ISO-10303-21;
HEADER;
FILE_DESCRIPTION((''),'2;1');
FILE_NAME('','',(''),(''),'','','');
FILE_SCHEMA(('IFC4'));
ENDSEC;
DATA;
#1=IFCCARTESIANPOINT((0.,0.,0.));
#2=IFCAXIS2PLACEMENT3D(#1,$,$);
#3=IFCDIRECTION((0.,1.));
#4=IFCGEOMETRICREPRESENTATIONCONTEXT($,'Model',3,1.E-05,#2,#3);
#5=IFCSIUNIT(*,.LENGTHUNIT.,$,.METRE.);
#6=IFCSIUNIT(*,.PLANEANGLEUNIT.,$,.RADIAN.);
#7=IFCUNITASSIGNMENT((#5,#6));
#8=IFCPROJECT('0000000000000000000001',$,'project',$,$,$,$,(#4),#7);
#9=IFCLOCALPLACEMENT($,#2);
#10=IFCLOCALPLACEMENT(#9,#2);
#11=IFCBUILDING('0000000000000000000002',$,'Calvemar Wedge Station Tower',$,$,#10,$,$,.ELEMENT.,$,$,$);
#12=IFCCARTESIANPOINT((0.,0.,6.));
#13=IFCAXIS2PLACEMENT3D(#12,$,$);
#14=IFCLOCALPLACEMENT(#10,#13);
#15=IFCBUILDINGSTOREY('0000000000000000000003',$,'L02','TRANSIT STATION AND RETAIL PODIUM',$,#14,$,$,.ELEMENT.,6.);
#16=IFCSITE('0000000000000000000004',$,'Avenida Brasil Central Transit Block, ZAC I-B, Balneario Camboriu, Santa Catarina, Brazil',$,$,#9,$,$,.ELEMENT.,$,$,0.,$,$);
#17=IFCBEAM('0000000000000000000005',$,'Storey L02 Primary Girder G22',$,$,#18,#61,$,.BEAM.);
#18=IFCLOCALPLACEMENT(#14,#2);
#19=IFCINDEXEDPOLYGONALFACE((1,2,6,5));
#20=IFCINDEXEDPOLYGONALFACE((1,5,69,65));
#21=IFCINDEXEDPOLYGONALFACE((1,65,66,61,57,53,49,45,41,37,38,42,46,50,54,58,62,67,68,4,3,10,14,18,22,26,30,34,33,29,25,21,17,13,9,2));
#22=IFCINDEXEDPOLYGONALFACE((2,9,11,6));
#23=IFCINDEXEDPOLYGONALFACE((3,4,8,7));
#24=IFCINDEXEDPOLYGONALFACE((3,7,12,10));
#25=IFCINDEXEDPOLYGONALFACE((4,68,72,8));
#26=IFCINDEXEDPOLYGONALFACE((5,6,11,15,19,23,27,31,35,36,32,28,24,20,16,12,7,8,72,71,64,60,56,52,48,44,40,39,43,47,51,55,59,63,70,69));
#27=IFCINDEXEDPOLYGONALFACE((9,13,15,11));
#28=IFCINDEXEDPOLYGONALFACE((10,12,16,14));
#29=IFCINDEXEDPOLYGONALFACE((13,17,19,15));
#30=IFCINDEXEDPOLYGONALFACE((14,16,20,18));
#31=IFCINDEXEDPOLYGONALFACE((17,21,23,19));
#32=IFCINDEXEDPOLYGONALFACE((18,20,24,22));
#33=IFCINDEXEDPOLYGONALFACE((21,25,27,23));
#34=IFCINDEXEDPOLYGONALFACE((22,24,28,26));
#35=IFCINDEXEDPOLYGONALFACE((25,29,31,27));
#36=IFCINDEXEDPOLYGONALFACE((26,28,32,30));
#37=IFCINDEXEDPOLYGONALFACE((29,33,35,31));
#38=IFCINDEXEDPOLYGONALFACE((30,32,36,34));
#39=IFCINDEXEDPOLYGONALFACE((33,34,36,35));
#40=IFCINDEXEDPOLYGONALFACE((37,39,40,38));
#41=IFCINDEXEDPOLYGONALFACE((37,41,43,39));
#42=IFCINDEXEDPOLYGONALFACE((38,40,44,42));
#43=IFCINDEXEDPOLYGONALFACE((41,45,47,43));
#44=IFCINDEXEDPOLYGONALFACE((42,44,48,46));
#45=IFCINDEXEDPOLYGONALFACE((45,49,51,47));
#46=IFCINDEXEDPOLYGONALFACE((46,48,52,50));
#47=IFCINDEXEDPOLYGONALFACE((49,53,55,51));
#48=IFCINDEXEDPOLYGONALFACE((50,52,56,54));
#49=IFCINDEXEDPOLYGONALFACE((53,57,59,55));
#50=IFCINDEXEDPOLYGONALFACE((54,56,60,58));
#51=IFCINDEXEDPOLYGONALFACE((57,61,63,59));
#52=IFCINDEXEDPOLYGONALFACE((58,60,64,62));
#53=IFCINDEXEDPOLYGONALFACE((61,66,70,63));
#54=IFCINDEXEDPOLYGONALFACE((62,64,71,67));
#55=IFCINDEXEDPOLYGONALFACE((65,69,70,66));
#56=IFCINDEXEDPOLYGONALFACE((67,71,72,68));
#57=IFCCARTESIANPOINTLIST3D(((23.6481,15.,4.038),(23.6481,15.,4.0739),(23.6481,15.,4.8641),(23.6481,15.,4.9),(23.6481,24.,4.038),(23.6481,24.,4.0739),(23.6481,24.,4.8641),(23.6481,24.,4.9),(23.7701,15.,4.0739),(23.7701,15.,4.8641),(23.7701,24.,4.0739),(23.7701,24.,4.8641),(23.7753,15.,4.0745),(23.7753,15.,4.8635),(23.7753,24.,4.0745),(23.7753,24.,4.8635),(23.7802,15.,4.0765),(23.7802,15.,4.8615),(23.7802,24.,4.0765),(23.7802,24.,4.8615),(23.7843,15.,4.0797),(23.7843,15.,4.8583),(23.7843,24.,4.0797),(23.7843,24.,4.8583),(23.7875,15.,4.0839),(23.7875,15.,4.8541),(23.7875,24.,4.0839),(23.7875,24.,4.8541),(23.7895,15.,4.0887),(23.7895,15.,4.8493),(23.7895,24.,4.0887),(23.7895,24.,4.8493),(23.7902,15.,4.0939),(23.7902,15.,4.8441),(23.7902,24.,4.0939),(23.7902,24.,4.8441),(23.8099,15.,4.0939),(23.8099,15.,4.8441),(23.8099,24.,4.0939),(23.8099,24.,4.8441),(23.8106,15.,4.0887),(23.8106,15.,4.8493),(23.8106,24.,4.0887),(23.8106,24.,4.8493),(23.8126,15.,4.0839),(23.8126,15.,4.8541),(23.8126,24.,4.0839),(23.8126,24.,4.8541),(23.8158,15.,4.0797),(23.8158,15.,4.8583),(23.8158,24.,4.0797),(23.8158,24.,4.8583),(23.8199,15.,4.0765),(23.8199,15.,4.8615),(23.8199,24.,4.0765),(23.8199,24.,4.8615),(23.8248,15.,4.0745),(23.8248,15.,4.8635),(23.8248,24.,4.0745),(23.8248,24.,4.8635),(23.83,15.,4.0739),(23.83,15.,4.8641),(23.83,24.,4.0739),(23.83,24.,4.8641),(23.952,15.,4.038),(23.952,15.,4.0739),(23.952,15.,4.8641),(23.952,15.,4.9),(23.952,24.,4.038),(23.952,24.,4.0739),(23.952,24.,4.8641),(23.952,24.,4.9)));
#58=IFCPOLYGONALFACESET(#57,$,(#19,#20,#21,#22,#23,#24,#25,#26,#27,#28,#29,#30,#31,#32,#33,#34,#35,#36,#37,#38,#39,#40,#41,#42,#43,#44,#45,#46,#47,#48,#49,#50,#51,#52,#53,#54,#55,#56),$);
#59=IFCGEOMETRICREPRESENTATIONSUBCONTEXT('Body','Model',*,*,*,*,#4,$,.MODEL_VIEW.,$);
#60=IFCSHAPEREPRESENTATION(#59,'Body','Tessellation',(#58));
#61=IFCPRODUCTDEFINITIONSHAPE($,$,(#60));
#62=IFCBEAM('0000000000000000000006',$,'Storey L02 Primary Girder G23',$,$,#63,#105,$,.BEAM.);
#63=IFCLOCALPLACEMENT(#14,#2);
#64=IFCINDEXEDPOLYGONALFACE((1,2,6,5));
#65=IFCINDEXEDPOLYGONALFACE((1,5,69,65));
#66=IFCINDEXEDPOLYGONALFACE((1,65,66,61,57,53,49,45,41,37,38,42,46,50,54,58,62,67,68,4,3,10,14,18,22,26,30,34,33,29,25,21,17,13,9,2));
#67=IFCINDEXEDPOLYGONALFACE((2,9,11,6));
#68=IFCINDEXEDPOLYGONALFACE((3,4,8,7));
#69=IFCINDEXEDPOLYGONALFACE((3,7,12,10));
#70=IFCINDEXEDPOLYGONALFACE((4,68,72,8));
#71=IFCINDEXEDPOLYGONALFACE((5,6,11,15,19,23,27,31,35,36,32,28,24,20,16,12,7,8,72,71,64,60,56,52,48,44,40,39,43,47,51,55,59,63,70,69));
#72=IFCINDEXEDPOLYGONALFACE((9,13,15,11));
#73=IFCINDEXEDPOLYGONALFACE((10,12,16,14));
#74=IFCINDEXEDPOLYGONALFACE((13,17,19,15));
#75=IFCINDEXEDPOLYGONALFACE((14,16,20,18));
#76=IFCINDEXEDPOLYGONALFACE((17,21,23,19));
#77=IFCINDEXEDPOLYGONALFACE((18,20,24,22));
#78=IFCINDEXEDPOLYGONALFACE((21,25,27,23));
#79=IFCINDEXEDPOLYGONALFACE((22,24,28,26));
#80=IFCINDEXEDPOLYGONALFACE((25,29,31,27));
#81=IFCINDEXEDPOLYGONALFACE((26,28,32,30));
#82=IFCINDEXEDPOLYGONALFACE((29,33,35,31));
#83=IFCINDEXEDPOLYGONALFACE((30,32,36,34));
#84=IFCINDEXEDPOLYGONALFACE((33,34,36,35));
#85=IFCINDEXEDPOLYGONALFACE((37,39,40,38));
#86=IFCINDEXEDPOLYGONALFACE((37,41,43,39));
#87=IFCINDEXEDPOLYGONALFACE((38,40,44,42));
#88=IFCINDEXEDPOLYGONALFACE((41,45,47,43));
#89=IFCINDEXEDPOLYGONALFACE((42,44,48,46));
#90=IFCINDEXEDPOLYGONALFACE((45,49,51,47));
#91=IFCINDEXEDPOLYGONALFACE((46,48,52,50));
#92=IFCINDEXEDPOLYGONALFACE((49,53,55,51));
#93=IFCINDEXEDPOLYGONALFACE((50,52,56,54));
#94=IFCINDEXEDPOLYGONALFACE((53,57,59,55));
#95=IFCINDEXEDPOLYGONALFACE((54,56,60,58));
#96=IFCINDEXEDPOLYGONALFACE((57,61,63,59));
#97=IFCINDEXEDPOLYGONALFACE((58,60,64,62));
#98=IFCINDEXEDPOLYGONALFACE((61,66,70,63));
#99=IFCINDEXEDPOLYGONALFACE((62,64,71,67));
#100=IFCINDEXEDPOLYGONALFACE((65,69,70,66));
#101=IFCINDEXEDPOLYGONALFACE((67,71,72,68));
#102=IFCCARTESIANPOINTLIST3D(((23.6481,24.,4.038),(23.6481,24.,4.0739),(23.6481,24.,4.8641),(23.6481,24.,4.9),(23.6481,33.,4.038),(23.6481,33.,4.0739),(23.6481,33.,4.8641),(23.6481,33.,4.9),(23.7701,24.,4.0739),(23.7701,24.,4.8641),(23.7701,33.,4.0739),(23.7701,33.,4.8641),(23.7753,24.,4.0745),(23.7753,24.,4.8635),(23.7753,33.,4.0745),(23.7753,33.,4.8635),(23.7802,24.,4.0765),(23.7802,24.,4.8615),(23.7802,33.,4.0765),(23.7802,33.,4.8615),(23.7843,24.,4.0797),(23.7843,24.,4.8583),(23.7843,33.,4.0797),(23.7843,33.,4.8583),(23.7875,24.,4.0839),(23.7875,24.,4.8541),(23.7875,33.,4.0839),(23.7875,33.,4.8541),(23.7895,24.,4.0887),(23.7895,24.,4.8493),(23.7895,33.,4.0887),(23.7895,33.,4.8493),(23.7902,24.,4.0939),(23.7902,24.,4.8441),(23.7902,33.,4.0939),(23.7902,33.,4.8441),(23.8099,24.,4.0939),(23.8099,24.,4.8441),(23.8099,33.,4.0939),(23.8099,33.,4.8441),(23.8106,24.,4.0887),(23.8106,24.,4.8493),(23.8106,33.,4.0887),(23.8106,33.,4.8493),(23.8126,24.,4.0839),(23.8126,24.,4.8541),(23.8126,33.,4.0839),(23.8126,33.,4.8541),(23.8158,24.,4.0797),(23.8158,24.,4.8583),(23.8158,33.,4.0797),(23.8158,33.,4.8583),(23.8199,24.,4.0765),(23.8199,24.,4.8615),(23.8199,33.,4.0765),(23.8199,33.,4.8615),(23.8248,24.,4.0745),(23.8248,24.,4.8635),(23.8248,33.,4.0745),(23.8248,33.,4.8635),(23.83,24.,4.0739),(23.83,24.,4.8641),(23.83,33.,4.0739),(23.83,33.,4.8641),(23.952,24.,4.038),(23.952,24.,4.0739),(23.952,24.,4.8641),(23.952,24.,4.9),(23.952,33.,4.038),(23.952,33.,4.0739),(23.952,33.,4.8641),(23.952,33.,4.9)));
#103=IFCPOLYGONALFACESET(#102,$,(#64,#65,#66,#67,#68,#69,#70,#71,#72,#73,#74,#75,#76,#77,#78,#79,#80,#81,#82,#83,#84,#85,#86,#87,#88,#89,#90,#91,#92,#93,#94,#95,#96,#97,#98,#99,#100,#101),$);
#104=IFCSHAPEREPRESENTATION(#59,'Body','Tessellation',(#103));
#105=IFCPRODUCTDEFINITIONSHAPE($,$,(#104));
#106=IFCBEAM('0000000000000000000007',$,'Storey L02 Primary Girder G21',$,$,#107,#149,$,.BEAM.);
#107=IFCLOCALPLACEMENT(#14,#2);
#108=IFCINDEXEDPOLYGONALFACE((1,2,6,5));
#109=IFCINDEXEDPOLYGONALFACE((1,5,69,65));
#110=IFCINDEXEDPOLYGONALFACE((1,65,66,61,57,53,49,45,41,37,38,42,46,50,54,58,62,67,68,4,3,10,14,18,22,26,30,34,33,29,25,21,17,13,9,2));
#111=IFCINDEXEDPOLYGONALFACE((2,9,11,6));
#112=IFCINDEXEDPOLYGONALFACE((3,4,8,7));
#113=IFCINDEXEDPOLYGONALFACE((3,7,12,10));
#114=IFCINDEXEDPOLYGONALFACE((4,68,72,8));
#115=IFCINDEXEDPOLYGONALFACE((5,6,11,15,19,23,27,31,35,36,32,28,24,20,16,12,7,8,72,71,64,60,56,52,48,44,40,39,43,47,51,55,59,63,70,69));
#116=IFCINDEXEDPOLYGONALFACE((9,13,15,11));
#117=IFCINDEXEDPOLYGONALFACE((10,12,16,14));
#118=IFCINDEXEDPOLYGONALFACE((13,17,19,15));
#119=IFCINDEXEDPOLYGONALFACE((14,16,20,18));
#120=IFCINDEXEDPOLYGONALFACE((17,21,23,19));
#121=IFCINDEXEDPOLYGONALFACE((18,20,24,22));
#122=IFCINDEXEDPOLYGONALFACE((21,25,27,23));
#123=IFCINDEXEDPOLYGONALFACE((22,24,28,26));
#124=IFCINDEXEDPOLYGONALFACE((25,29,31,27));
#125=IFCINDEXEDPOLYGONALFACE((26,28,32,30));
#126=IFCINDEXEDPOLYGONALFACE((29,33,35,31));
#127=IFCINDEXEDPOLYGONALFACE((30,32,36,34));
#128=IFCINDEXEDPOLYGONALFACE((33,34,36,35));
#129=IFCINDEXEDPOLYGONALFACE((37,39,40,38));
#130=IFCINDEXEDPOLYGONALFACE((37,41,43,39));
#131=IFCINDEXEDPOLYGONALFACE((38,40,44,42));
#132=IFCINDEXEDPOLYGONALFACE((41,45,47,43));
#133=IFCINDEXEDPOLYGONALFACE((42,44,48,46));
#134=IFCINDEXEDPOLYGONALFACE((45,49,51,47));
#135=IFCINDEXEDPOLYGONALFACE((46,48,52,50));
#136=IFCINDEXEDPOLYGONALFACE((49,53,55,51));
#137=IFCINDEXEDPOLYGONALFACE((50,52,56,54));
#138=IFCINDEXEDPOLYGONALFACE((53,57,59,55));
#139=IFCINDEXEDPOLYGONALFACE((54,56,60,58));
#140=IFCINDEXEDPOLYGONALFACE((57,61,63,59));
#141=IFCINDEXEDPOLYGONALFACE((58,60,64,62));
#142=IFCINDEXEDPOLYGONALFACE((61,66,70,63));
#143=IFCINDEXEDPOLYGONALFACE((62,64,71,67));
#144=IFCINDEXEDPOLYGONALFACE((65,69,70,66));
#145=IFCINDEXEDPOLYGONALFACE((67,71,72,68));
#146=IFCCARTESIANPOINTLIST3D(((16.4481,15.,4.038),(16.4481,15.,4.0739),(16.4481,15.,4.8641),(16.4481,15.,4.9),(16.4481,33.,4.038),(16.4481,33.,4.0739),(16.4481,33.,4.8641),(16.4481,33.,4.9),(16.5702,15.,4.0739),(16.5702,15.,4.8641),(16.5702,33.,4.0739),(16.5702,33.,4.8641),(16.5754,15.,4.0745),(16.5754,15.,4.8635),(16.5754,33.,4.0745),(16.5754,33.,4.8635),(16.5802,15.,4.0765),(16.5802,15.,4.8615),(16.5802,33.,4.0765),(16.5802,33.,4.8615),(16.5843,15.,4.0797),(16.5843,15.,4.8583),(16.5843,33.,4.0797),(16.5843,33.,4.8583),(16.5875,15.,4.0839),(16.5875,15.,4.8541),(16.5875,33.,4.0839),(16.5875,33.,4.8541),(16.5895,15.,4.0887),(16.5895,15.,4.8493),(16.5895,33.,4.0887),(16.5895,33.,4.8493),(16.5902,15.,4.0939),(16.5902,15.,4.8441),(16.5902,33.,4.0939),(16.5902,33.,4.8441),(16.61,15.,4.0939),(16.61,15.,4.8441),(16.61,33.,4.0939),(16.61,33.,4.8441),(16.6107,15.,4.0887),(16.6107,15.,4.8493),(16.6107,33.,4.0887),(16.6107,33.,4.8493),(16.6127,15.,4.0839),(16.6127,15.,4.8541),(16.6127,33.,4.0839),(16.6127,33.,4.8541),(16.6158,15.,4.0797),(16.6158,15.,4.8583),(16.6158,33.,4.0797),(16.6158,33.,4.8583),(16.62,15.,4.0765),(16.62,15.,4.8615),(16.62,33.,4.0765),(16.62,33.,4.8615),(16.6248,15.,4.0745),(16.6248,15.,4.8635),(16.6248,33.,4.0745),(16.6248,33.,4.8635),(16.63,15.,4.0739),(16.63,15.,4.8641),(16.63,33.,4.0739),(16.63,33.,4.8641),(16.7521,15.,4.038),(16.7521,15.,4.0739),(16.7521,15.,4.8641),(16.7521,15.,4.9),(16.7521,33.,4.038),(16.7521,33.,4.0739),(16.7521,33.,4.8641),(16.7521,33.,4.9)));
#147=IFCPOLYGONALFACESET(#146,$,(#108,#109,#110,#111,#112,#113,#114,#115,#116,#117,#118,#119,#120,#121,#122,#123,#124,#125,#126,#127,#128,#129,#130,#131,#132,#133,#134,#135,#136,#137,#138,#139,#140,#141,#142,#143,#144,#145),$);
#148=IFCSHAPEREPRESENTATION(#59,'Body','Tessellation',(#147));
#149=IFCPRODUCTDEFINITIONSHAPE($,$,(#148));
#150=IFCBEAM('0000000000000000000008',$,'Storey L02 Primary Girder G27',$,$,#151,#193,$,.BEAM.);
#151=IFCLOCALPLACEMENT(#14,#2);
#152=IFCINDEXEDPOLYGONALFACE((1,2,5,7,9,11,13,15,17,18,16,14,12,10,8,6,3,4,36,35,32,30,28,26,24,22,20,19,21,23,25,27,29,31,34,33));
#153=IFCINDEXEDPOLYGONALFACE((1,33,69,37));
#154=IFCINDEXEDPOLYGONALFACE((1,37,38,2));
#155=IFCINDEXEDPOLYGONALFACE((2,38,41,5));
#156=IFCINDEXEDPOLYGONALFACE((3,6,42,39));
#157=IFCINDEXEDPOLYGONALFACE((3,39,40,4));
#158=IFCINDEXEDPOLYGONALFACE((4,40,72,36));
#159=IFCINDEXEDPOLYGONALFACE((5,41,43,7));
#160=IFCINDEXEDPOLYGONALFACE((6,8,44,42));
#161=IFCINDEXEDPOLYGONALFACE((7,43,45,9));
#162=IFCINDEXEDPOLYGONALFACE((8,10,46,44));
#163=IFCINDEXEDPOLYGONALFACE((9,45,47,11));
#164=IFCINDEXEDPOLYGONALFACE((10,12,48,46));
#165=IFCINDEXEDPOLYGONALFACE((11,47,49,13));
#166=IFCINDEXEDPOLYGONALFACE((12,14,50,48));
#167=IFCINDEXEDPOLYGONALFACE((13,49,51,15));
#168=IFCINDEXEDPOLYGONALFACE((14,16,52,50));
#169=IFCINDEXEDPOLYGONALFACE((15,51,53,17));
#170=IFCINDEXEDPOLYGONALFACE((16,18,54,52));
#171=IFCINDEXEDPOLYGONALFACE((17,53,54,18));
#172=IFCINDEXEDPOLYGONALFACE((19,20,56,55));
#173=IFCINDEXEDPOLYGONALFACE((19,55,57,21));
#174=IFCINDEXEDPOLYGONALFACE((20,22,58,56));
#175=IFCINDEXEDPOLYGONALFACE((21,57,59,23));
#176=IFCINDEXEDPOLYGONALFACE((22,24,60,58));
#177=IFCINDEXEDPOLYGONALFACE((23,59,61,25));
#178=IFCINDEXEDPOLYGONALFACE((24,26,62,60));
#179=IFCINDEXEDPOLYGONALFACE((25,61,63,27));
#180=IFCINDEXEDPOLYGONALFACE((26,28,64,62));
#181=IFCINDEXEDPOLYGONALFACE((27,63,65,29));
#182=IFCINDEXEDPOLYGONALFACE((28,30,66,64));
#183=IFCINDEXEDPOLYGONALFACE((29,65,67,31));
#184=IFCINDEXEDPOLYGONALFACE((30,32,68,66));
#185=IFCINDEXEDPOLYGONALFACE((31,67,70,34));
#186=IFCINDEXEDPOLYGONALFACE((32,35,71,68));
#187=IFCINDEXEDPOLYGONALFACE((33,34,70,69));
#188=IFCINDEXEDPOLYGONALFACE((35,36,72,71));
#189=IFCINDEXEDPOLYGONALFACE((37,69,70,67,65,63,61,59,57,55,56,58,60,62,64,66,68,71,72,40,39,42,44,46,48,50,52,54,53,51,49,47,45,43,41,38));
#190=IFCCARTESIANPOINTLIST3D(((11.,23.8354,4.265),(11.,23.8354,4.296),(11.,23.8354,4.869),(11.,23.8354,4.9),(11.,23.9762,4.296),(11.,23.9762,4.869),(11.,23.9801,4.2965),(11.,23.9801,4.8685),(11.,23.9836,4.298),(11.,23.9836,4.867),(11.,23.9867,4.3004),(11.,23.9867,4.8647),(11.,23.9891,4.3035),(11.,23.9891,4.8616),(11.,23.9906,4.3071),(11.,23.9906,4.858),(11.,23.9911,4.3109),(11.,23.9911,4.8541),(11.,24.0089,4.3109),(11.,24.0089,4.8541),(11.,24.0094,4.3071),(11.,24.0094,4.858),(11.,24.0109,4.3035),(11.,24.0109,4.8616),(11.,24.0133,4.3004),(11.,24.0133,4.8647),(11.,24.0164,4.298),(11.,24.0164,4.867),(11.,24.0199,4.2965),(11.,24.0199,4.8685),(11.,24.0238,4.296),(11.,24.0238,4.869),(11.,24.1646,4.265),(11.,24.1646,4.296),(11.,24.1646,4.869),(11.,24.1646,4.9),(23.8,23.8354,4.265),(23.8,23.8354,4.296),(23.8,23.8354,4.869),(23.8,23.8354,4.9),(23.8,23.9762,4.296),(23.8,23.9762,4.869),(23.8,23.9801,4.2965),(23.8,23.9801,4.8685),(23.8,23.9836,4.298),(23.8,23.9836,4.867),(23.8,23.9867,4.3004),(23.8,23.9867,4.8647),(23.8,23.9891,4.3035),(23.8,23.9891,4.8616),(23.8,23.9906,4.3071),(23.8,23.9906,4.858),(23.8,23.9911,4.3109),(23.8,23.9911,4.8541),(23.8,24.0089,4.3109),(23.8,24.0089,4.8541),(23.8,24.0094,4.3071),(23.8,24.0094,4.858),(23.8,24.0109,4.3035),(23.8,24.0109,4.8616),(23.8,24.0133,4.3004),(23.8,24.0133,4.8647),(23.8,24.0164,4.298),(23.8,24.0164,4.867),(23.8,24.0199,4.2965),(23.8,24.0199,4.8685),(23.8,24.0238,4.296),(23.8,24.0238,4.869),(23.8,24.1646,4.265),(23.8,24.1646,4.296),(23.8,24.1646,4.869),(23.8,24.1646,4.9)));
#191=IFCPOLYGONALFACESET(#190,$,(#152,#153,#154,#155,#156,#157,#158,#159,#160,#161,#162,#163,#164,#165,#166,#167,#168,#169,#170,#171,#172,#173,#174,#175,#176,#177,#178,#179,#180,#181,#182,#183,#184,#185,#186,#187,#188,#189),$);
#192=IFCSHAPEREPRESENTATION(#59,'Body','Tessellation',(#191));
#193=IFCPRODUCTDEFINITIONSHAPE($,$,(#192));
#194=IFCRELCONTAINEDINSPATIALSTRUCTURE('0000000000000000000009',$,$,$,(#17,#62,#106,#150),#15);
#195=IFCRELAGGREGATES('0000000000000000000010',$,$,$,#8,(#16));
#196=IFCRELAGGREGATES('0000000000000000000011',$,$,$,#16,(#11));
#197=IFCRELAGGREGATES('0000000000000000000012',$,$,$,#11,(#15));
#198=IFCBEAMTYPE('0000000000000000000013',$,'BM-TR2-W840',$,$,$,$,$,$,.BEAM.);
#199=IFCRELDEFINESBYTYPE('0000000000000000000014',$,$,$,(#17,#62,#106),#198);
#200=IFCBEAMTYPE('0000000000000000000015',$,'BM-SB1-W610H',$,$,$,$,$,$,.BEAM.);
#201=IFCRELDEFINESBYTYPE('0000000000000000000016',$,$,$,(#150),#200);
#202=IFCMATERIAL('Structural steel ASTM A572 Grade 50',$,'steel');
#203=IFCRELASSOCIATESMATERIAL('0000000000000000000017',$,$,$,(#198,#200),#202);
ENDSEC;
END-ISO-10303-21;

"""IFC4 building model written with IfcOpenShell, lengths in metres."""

from ifc_helpers import new_model, si_unit, direction, frame, origin, origin_2d, place, context, subcontext, project, spatial, i_section, extrude, source, transform, mapped, material, material_profile, profile_set, type_object, element, save


model = new_model("IFC4")

# Units and contexts
model_context = context("Model", 3, precision=1e-05, world=origin(), true_north=direction((0.0, 1.0)))
body_context = subcontext(model_context, "Body", "Model", "MODEL_VIEW")
ifc_project = project(units=[si_unit("LENGTHUNIT", "METRE"), si_unit("PLANEANGLEUNIT", "RADIAN")], contexts=[model_context])

# Site, building, storey
site_placement = place(None, origin())
site = spatial("IfcSite", under=ifc_project, at=site_placement, Name="Avenida Brasil Central Transit Block, ZAC I-B, Balneario Camboriu, Santa Catarina, Brazil", CompositionType="ELEMENT", RefElevation=0.0)
building_placement = place(site_placement, origin())
building = spatial("IfcBuilding", under=site, at=building_placement, Name="Calvemar Wedge Station Tower", CompositionType="ELEMENT")
storey_placement = place(building_placement, frame((0.0, 0.0, 6.0)))
storey = spatial("IfcBuildingStorey", under=building, at=storey_placement, Name="L02", Description="TRANSIT STATION AND RETAIL PODIUM", CompositionType="ELEMENT", Elevation=6.0)

# Beams
ifc_material_1 = material(Name="Structural steel ASTM A572 Grade 50", Category="steel")
ifc_material_profile_1 = material_profile(ifc_material_1, i_section(OverallWidth=0.304, OverallDepth=0.8621, WebThickness=0.0198, FlangeThickness=0.0359, FilletRadius=0.02, at=origin_2d()), Name="W840x329")
ifc_profile_set_1 = profile_set([ifc_material_profile_1], Name="Structural steel ASTM A572 Grade 50")
beam_type_1 = type_object("IfcBeamType", Name="BM-TR2-W840", PredefinedType="BEAM", material=ifc_profile_set_1)
shared_shape_1 = source(origin(), body_context, "Body", "SweptSolid", [
    extrude(i_section(OverallWidth=0.304, OverallDepth=0.8621, WebThickness=0.0198, FlangeThickness=0.0359, FilletRadius=0.02, at=origin_2d()), origin(), (0.0, 0.0, 1.0), 9.0),
])
for number, where, z_axis, x_axis, name in (
    (1, (23.8, 15.0, 4.469), (0.0, 1.0, 0.0), (-1.0, 0.0, 0.0), "Storey L02 Primary Girder G22"),
    (2, (23.8, 24.0, 4.469), (0.0, 1.0, 0.0), (-1.0, 0.0, 0.0), "Storey L02 Primary Girder G23"),
):
    element("IfcBeam", number, at=place(storey_placement, frame(where, z_axis=z_axis, x_axis=x_axis)), inside=storey, type_object=beam_type_1, Name=name, PredefinedType="BEAM", context=body_context, shape_type="MappedRepresentation", body=[
        mapped(shared_shape_1, transform((0.0, 0.0, 0.0), scale=1.0)),
    ])
shared_shape_2 = source(origin(), body_context, "Body", "SweptSolid", [
    extrude(i_section(OverallWidth=0.304, OverallDepth=0.8621, WebThickness=0.0198, FlangeThickness=0.0359, FilletRadius=0.02, at=origin_2d()), origin(), (0.0, 0.0, 1.0), 18.0),
])
beam_1_placement = place(storey_placement, frame((16.6001, 15.0, 4.469), z_axis=(0.0, 1.0, 0.0), x_axis=(-1.0, 0.0, 0.0)))
element("IfcBeam", 3, at=beam_1_placement, inside=storey, type_object=beam_type_1, Name="Storey L02 Primary Girder G21", PredefinedType="BEAM", context=body_context, shape_type="MappedRepresentation", body=[
    mapped(shared_shape_2, transform((0.0, 0.0, 0.0), scale=1.0)),
])
ifc_material_profile_2 = material_profile(ifc_material_1, i_section(OverallWidth=0.3291, OverallDepth=0.635, WebThickness=0.0178, FlangeThickness=0.031, FilletRadius=0.0149, at=origin_2d()), Name="W610x241")
ifc_profile_set_2 = profile_set([ifc_material_profile_2], Name="Structural steel ASTM A572 Grade 50")
beam_type_2 = type_object("IfcBeamType", Name="BM-SB1-W610H", PredefinedType="BEAM", material=ifc_profile_set_2)
shared_shape_3 = source(origin(), body_context, "Body", "SweptSolid", [
    extrude(i_section(OverallWidth=0.3291, OverallDepth=0.635, WebThickness=0.0178, FlangeThickness=0.031, FilletRadius=0.0149, at=origin_2d()), origin(), (0.0, 0.0, 1.0), 12.8),
])
beam_2_placement = place(storey_placement, frame((11.0, 24.0, 4.5825), z_axis=(1.0, 0.0, 0.0), x_axis=(0.0, 1.0, 0.0)))
element("IfcBeam", 4, at=beam_2_placement, inside=storey, type_object=beam_type_2, Name="Storey L02 Primary Girder G27", PredefinedType="BEAM", context=body_context, shape_type="MappedRepresentation", body=[
    mapped(shared_shape_3, transform((0.0, 0.0, 0.0), scale=1.0)),
])

save(model, "model.ifc")
